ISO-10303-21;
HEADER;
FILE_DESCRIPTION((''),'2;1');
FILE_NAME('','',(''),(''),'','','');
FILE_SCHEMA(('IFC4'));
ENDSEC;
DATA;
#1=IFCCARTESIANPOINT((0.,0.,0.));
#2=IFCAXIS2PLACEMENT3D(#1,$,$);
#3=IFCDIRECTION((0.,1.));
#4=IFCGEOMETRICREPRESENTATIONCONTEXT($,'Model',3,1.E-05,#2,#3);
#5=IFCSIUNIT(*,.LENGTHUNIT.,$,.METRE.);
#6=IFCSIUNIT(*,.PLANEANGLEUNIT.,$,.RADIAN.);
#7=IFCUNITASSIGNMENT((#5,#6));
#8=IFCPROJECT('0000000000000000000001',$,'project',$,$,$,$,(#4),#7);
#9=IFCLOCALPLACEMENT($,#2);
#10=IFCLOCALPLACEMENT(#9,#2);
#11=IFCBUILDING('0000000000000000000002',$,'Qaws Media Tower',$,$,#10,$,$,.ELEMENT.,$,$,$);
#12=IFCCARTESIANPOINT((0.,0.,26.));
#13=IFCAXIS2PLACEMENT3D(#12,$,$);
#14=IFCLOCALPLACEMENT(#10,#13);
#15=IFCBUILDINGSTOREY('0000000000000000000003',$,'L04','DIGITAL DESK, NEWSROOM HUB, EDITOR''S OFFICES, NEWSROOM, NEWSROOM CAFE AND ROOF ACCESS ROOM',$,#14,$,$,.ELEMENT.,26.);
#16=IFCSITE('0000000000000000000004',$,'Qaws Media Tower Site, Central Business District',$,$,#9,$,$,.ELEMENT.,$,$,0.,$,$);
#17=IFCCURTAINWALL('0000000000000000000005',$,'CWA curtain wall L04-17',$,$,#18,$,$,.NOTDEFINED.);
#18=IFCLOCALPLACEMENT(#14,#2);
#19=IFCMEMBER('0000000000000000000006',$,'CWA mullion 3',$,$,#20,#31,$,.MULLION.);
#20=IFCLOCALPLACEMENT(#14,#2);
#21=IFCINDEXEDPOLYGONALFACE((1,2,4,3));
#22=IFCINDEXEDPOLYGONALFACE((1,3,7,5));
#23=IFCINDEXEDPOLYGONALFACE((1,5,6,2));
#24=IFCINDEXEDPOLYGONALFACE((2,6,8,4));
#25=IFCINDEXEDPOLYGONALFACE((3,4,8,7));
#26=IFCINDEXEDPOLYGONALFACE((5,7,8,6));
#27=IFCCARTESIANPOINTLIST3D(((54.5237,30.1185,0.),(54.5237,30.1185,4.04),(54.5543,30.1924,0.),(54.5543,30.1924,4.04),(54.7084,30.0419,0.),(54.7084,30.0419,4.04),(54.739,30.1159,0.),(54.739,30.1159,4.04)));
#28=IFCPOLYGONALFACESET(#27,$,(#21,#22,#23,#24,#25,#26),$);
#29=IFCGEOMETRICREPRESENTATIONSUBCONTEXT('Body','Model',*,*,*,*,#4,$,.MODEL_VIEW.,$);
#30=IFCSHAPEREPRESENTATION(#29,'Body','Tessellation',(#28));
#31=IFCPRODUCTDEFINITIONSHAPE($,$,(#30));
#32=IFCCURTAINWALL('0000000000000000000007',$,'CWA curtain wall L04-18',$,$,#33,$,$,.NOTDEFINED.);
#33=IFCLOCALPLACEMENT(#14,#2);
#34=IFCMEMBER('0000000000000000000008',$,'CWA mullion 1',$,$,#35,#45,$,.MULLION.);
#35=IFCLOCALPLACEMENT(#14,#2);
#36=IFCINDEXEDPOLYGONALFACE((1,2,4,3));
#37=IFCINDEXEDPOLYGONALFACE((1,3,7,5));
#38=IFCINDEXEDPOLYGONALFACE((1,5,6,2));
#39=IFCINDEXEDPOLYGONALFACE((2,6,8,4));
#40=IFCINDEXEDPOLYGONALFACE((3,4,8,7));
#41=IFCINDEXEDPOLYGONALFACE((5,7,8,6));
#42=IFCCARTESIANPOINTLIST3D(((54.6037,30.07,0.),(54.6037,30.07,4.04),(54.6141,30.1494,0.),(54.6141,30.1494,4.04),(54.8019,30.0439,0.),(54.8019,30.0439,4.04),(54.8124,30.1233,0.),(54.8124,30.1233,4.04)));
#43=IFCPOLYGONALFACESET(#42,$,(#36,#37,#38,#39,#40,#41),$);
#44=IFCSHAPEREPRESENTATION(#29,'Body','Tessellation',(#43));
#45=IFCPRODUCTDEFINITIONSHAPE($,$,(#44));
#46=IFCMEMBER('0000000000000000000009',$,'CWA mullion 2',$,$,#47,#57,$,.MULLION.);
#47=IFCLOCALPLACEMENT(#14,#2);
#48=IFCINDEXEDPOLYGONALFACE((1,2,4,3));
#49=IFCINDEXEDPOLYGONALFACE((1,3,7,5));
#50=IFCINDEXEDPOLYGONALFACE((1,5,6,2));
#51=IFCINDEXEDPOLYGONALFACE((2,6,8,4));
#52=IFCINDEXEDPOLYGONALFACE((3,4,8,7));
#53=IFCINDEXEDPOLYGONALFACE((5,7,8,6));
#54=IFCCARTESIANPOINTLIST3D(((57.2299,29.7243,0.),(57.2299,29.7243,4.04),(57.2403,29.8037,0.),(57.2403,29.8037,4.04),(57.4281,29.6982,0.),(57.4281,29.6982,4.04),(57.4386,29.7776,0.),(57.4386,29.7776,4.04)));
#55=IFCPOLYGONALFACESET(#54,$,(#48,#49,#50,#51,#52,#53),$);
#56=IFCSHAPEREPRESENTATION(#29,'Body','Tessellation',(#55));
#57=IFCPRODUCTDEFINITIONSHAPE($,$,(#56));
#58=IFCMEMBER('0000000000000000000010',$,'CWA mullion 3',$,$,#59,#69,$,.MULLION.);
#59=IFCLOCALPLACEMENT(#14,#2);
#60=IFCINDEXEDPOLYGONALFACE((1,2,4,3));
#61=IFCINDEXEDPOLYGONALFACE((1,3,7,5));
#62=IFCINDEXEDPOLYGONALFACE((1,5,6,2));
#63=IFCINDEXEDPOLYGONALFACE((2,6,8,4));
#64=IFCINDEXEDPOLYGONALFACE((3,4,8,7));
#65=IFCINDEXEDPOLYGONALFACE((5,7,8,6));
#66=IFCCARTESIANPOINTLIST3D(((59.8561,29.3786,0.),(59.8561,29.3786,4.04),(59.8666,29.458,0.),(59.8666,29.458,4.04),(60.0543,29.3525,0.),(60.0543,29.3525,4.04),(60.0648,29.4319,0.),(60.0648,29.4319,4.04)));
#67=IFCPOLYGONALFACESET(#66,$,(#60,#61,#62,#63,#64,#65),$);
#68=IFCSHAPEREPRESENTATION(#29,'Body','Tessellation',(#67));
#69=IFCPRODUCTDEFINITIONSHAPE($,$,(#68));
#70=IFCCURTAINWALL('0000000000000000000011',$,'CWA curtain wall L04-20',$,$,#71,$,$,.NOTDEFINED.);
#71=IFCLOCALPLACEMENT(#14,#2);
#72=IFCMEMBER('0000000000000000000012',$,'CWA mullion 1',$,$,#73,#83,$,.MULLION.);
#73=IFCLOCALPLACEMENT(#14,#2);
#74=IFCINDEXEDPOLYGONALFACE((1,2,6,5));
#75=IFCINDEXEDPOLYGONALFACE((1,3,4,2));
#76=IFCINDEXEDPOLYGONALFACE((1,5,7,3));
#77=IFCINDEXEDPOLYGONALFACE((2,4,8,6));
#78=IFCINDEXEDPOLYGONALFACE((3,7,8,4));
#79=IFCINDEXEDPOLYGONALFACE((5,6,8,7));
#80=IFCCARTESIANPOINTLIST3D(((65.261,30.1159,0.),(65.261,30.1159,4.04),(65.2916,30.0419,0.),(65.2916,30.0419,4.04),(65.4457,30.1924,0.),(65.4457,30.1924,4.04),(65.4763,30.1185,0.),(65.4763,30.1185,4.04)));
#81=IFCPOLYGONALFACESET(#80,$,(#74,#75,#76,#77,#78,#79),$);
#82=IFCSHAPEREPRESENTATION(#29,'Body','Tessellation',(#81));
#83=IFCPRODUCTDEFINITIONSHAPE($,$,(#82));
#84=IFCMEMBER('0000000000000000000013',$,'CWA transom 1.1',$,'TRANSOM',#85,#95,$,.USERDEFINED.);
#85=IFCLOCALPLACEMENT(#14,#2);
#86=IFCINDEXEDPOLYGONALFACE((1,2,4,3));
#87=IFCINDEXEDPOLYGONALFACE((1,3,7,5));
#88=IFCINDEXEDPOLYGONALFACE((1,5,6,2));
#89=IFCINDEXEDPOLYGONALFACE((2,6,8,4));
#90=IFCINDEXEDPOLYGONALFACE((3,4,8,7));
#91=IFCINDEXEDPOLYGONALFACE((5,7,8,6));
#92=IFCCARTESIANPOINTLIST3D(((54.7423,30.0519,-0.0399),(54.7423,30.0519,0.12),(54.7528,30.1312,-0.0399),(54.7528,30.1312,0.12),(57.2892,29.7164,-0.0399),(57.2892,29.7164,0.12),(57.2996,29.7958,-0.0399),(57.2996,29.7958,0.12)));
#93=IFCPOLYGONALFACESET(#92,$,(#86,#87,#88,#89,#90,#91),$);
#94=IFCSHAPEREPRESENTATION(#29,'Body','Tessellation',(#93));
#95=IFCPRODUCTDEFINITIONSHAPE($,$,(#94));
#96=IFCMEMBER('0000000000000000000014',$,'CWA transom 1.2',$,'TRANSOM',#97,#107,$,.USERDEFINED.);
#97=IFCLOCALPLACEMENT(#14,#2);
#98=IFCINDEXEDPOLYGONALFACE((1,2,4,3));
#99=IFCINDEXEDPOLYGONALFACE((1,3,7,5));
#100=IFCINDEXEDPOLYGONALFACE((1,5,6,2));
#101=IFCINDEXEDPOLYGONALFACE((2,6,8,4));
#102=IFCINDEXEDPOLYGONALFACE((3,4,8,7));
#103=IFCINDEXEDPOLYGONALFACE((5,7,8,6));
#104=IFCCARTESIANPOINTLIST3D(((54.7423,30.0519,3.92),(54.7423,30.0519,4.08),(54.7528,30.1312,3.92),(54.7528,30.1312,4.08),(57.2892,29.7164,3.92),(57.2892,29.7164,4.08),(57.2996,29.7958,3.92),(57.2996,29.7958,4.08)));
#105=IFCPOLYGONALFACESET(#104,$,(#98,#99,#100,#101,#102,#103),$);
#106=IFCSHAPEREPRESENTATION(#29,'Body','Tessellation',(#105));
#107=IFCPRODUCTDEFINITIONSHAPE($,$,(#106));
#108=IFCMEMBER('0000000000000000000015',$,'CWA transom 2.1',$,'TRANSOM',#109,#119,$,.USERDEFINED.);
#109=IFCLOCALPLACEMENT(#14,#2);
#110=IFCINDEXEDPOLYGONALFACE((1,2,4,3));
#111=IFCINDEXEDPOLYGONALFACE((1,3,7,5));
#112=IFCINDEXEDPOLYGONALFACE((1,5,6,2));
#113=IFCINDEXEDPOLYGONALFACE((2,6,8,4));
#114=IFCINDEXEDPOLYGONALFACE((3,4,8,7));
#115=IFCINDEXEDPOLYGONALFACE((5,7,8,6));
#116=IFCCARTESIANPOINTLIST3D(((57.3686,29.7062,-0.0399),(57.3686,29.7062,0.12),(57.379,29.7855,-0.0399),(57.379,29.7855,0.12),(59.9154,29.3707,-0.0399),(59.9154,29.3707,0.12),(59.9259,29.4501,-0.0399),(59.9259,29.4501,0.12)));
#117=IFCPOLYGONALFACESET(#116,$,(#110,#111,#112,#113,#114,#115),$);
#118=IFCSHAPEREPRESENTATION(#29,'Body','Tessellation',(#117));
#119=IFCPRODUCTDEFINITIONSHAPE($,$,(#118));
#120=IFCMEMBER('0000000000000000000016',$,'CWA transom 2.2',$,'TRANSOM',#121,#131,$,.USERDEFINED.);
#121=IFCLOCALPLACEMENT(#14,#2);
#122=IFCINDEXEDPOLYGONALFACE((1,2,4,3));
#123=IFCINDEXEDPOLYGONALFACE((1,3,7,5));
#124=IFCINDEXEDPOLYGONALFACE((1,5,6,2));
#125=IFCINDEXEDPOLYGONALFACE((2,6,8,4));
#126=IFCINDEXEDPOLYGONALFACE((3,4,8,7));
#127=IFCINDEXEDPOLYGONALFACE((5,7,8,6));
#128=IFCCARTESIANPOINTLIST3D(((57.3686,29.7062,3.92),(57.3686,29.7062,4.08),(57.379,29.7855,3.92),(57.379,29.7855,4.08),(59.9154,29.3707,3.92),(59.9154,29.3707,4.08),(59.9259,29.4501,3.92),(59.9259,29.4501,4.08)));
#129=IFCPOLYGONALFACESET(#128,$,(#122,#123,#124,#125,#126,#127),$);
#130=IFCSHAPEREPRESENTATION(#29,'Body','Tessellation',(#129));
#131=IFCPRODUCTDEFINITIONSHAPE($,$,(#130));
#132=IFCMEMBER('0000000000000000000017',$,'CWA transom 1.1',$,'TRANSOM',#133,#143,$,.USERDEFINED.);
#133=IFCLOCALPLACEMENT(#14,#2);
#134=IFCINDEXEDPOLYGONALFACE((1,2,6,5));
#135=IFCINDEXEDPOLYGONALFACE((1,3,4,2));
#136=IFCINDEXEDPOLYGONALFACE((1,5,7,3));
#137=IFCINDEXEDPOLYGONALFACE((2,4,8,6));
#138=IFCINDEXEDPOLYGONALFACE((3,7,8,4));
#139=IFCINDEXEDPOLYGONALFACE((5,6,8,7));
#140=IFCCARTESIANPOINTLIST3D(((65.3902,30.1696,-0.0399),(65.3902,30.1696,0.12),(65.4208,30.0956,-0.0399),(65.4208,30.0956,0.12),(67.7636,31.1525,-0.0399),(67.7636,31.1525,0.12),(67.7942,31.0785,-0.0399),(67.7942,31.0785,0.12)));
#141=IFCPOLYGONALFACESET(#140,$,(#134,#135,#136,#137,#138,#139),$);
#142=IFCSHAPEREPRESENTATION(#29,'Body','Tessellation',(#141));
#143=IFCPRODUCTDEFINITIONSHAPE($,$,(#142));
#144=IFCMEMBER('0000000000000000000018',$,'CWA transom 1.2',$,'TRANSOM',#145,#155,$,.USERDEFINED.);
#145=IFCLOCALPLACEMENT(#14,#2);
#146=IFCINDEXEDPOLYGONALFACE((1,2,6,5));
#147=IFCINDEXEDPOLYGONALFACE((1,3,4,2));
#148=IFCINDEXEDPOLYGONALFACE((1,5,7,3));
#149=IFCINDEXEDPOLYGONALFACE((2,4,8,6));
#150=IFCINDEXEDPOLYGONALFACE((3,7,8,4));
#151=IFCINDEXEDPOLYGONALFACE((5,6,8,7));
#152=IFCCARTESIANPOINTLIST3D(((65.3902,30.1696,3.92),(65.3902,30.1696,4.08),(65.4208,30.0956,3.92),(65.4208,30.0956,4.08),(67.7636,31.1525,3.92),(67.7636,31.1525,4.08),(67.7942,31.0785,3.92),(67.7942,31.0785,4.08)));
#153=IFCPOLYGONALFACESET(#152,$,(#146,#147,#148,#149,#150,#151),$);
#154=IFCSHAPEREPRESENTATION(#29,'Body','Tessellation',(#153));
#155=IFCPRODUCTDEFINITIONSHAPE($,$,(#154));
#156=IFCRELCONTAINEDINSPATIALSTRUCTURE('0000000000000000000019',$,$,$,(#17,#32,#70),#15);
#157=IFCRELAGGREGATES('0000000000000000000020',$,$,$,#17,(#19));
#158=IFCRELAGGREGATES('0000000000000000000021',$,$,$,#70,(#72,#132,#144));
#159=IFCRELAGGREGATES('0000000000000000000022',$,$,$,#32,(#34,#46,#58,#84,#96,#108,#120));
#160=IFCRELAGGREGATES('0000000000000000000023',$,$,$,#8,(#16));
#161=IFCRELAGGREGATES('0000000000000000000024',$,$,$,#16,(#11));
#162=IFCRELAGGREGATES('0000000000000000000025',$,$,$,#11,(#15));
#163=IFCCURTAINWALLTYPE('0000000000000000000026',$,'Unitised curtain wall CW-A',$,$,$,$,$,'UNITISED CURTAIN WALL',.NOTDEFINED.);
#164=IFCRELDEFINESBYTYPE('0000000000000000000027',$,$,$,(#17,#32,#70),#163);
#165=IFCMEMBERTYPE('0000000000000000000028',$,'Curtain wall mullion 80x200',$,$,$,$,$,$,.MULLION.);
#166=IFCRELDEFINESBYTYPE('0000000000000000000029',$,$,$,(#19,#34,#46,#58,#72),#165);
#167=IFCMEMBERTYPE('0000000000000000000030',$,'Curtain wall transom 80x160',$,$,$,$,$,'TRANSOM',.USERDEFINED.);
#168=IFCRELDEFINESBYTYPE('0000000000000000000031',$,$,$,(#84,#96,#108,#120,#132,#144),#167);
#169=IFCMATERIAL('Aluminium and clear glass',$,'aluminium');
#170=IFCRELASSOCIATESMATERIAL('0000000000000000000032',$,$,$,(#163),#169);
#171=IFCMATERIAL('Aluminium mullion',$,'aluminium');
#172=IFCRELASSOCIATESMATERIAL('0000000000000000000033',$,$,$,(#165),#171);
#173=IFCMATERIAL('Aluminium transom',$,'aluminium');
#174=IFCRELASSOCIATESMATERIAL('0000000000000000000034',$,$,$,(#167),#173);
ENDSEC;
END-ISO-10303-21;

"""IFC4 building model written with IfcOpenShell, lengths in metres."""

from ifc_helpers import new_model, si_unit, direction, frame, origin, origin_2d, place, context, subcontext, project, spatial, rectangle, extrude, material, material_profile, profile_set, type_object, element, aggregate, save


model = new_model("IFC4")

# Units and contexts
model_context = context("Model", 3, precision=1e-05, world=origin(), true_north=direction((0.0, 1.0)))
body_context = subcontext(model_context, "Body", "Model", "MODEL_VIEW")
ifc_project = project(units=[si_unit("LENGTHUNIT", "METRE"), si_unit("PLANEANGLEUNIT", "RADIAN")], contexts=[model_context])

# Site, building, storey
site_placement = place(None, origin())
site = spatial("IfcSite", under=ifc_project, at=site_placement, Name="Qaws Media Tower Site, Central Business District", CompositionType="ELEMENT", RefElevation=0.0)
building_placement = place(site_placement, origin())
building = spatial("IfcBuilding", under=site, at=building_placement, Name="Qaws Media Tower", CompositionType="ELEMENT")
storey_placement = place(building_placement, frame((0.0, 0.0, 26.0)))
storey = spatial("IfcBuildingStorey", under=building, at=storey_placement, Name="L04", Description="DIGITAL DESK, NEWSROOM HUB, EDITOR'S OFFICES, NEWSROOM, NEWSROOM CAFE AND ROOF ACCESS ROOM", CompositionType="ELEMENT", Elevation=26.0)

# Curtain wall, member
ifc_material_1 = material(Name="Aluminium and clear glass", Category="aluminium")
curtain_wall_type = type_object("IfcCurtainWallType", Name="Unitised curtain wall CW-A", ElementType="UNITISED CURTAIN WALL", PredefinedType="NOTDEFINED", material=ifc_material_1)
curtain_wall_1_placement = place(storey_placement, origin())
curtain_wall_1 = element("IfcCurtainWall", 1, at=curtain_wall_1_placement, inside=storey, type_object=curtain_wall_type, Name="CWA curtain wall L04-17", PredefinedType="NOTDEFINED")
ifc_material_2 = material(Name="Aluminium mullion", Category="aluminium")
ifc_material_profile_1 = material_profile(ifc_material_2, rectangle(XDim=0.0801, YDim=0.2, at=origin_2d()), Name="80x200")
ifc_profile_set_1 = profile_set([ifc_material_profile_1], Name="Aluminium mullion")
member_type_1 = type_object("IfcMemberType", Name="Curtain wall mullion 80x200", PredefinedType="MULLION", material=ifc_profile_set_1)
member_1_placement = place(storey_placement, frame((54.6313, 30.1172, 0.0), z_axis=(0.0, 0.0, 1.0), x_axis=(0.382683, 0.92388, 0.0)))
member_1 = element("IfcMember", 2, at=member_1_placement, type_object=member_type_1, Name="CWA mullion 3", PredefinedType="MULLION", context=body_context, shape_type="SweptSolid", body=[
    extrude(rectangle(XDim=0.0801, YDim=0.2, at=origin_2d()), origin(), (0.0, 0.0, 1.0), 4.04),
])
aggregate(curtain_wall_1, [member_1])

# Curtain wall, members
curtain_wall_2_placement = place(storey_placement, origin())
curtain_wall_2 = element("IfcCurtainWall", 3, at=curtain_wall_2_placement, inside=storey, type_object=curtain_wall_type, Name="CWA curtain wall L04-18", PredefinedType="NOTDEFINED")
member_2_placement = place(storey_placement, frame((54.708, 30.0967, 0.0), z_axis=(0.0, 0.0, 1.0), x_axis=(0.130526, 0.991445, 0.0)))
member_2 = element("IfcMember", 4, at=member_2_placement, type_object=member_type_1, Name="CWA mullion 1", PredefinedType="MULLION", context=body_context, shape_type="SweptSolid", body=[
    extrude(rectangle(XDim=0.0801, YDim=0.2, at=origin_2d()), origin(), (0.0, 0.0, 1.0), 4.04),
])
member_3_placement = place(storey_placement, frame((57.3342, 29.751, 0.0), z_axis=(0.0, 0.0, 1.0), x_axis=(0.130526, 0.991445, 0.0)))
member_3 = element("IfcMember", 5, at=member_3_placement, type_object=member_type_1, Name="CWA mullion 2", PredefinedType="MULLION", context=body_context, shape_type="SweptSolid", body=[
    extrude(rectangle(XDim=0.0801, YDim=0.2, at=origin_2d()), origin(), (0.0, 0.0, 1.0), 4.04),
])
member_4_placement = place(storey_placement, frame((59.9604, 29.4053, 0.0), z_axis=(0.0, 0.0, 1.0), x_axis=(0.130526, 0.991445, 0.0)))
member_4 = element("IfcMember", 6, at=member_4_placement, type_object=member_type_1, Name="CWA mullion 3", PredefinedType="MULLION", context=body_context, shape_type="SweptSolid", body=[
    extrude(rectangle(XDim=0.0801, YDim=0.2, at=origin_2d()), origin(), (0.0, 0.0, 1.0), 4.04),
])

# Curtain wall, member
curtain_wall_3_placement = place(storey_placement, origin())
curtain_wall_3 = element("IfcCurtainWall", 7, at=curtain_wall_3_placement, inside=storey, type_object=curtain_wall_type, Name="CWA curtain wall L04-20", PredefinedType="NOTDEFINED")
member_5_placement = place(storey_placement, frame((65.3687, 30.1172, 0.0), z_axis=(0.0, 0.0, 1.0), x_axis=(-0.382683, 0.92388, 0.0)))
member_5 = element("IfcMember", 8, at=member_5_placement, type_object=member_type_1, Name="CWA mullion 1", PredefinedType="MULLION", context=body_context, shape_type="SweptSolid", body=[
    extrude(rectangle(XDim=0.0801, YDim=0.2, at=origin_2d()), origin(), (0.0, 0.0, 1.0), 4.04),
])

# Members
ifc_material_3 = material(Name="Aluminium transom", Category="aluminium")
ifc_material_profile_2 = material_profile(ifc_material_3, rectangle(XDim=0.0801, YDim=0.1599, at=origin_2d()), Name="80x160")
ifc_profile_set_2 = profile_set([ifc_material_profile_2], Name="Aluminium transom")
member_type_2 = type_object("IfcMemberType", Name="Curtain wall transom 80x160", ElementType="TRANSOM", PredefinedType="USERDEFINED", material=ifc_profile_set_2)
member_6_placement = place(storey_placement, frame((54.7476, 30.0916, 0.04), z_axis=(0.991437, -0.130582, 0.0), x_axis=(0.130582, 0.991437, 0.0)))
member_6 = element("IfcMember", 9, at=member_6_placement, type_object=member_type_2, Name="CWA transom 1.1", ObjectType="TRANSOM", PredefinedType="USERDEFINED", context=body_context, shape_type="SweptSolid", body=[
    extrude(rectangle(XDim=0.0801, YDim=0.1599, at=origin_2d()), origin(), (0.0, 0.0, 1.0), 2.5688),
])
member_7_placement = place(storey_placement, frame((54.7476, 30.0916, 4.0), z_axis=(0.991437, -0.130582, 0.0), x_axis=(0.130582, 0.991437, 0.0)))
member_7 = element("IfcMember", 10, at=member_7_placement, type_object=member_type_2, Name="CWA transom 1.2", ObjectType="TRANSOM", PredefinedType="USERDEFINED", context=body_context, shape_type="SweptSolid", body=[
    extrude(rectangle(XDim=0.0801, YDim=0.1599, at=origin_2d()), origin(), (0.0, 0.0, 1.0), 2.5688),
])
member_8_placement = place(storey_placement, frame((57.3738, 29.7458, 0.04), z_axis=(0.991437, -0.130582, 0.0), x_axis=(0.130582, 0.991437, 0.0)))
member_8 = element("IfcMember", 11, at=member_8_placement, type_object=member_type_2, Name="CWA transom 2.1", ObjectType="TRANSOM", PredefinedType="USERDEFINED", context=body_context, shape_type="SweptSolid", body=[
    extrude(rectangle(XDim=0.0801, YDim=0.1599, at=origin_2d()), origin(), (0.0, 0.0, 1.0), 2.5688),
])
member_9_placement = place(storey_placement, frame((57.3738, 29.7458, 4.0), z_axis=(0.991437, -0.130582, 0.0), x_axis=(0.130582, 0.991437, 0.0)))
member_9 = element("IfcMember", 12, at=member_9_placement, type_object=member_type_2, Name="CWA transom 2.2", ObjectType="TRANSOM", PredefinedType="USERDEFINED", context=body_context, shape_type="SweptSolid", body=[
    extrude(rectangle(XDim=0.0801, YDim=0.1599, at=origin_2d()), origin(), (0.0, 0.0, 1.0), 2.5688),
])
member_10_placement = place(storey_placement, frame((65.4055, 30.1326, 0.04), z_axis=(0.923899, 0.382637, 0.0), x_axis=(-0.382637, 0.923899, 0.0)))
member_10 = element("IfcMember", 13, at=member_10_placement, type_object=member_type_2, Name="CWA transom 1.1", ObjectType="TRANSOM", PredefinedType="USERDEFINED", context=body_context, shape_type="SweptSolid", body=[
    extrude(rectangle(XDim=0.0801, YDim=0.1599, at=origin_2d()), origin(), (0.0, 0.0, 1.0), 2.5688),
])
member_11_placement = place(storey_placement, frame((65.4055, 30.1326, 4.0), z_axis=(0.923899, 0.382637, 0.0), x_axis=(-0.382637, 0.923899, 0.0)))
member_11 = element("IfcMember", 14, at=member_11_placement, type_object=member_type_2, Name="CWA transom 1.2", ObjectType="TRANSOM", PredefinedType="USERDEFINED", context=body_context, shape_type="SweptSolid", body=[
    extrude(rectangle(XDim=0.0801, YDim=0.1599, at=origin_2d()), origin(), (0.0, 0.0, 1.0), 2.5688),
])
aggregate(curtain_wall_3, [member_5, member_10, member_11])

aggregate(curtain_wall_2, [member_2, member_3, member_4, member_6, member_7, member_8, member_9])

save(model, "model.ifc")
